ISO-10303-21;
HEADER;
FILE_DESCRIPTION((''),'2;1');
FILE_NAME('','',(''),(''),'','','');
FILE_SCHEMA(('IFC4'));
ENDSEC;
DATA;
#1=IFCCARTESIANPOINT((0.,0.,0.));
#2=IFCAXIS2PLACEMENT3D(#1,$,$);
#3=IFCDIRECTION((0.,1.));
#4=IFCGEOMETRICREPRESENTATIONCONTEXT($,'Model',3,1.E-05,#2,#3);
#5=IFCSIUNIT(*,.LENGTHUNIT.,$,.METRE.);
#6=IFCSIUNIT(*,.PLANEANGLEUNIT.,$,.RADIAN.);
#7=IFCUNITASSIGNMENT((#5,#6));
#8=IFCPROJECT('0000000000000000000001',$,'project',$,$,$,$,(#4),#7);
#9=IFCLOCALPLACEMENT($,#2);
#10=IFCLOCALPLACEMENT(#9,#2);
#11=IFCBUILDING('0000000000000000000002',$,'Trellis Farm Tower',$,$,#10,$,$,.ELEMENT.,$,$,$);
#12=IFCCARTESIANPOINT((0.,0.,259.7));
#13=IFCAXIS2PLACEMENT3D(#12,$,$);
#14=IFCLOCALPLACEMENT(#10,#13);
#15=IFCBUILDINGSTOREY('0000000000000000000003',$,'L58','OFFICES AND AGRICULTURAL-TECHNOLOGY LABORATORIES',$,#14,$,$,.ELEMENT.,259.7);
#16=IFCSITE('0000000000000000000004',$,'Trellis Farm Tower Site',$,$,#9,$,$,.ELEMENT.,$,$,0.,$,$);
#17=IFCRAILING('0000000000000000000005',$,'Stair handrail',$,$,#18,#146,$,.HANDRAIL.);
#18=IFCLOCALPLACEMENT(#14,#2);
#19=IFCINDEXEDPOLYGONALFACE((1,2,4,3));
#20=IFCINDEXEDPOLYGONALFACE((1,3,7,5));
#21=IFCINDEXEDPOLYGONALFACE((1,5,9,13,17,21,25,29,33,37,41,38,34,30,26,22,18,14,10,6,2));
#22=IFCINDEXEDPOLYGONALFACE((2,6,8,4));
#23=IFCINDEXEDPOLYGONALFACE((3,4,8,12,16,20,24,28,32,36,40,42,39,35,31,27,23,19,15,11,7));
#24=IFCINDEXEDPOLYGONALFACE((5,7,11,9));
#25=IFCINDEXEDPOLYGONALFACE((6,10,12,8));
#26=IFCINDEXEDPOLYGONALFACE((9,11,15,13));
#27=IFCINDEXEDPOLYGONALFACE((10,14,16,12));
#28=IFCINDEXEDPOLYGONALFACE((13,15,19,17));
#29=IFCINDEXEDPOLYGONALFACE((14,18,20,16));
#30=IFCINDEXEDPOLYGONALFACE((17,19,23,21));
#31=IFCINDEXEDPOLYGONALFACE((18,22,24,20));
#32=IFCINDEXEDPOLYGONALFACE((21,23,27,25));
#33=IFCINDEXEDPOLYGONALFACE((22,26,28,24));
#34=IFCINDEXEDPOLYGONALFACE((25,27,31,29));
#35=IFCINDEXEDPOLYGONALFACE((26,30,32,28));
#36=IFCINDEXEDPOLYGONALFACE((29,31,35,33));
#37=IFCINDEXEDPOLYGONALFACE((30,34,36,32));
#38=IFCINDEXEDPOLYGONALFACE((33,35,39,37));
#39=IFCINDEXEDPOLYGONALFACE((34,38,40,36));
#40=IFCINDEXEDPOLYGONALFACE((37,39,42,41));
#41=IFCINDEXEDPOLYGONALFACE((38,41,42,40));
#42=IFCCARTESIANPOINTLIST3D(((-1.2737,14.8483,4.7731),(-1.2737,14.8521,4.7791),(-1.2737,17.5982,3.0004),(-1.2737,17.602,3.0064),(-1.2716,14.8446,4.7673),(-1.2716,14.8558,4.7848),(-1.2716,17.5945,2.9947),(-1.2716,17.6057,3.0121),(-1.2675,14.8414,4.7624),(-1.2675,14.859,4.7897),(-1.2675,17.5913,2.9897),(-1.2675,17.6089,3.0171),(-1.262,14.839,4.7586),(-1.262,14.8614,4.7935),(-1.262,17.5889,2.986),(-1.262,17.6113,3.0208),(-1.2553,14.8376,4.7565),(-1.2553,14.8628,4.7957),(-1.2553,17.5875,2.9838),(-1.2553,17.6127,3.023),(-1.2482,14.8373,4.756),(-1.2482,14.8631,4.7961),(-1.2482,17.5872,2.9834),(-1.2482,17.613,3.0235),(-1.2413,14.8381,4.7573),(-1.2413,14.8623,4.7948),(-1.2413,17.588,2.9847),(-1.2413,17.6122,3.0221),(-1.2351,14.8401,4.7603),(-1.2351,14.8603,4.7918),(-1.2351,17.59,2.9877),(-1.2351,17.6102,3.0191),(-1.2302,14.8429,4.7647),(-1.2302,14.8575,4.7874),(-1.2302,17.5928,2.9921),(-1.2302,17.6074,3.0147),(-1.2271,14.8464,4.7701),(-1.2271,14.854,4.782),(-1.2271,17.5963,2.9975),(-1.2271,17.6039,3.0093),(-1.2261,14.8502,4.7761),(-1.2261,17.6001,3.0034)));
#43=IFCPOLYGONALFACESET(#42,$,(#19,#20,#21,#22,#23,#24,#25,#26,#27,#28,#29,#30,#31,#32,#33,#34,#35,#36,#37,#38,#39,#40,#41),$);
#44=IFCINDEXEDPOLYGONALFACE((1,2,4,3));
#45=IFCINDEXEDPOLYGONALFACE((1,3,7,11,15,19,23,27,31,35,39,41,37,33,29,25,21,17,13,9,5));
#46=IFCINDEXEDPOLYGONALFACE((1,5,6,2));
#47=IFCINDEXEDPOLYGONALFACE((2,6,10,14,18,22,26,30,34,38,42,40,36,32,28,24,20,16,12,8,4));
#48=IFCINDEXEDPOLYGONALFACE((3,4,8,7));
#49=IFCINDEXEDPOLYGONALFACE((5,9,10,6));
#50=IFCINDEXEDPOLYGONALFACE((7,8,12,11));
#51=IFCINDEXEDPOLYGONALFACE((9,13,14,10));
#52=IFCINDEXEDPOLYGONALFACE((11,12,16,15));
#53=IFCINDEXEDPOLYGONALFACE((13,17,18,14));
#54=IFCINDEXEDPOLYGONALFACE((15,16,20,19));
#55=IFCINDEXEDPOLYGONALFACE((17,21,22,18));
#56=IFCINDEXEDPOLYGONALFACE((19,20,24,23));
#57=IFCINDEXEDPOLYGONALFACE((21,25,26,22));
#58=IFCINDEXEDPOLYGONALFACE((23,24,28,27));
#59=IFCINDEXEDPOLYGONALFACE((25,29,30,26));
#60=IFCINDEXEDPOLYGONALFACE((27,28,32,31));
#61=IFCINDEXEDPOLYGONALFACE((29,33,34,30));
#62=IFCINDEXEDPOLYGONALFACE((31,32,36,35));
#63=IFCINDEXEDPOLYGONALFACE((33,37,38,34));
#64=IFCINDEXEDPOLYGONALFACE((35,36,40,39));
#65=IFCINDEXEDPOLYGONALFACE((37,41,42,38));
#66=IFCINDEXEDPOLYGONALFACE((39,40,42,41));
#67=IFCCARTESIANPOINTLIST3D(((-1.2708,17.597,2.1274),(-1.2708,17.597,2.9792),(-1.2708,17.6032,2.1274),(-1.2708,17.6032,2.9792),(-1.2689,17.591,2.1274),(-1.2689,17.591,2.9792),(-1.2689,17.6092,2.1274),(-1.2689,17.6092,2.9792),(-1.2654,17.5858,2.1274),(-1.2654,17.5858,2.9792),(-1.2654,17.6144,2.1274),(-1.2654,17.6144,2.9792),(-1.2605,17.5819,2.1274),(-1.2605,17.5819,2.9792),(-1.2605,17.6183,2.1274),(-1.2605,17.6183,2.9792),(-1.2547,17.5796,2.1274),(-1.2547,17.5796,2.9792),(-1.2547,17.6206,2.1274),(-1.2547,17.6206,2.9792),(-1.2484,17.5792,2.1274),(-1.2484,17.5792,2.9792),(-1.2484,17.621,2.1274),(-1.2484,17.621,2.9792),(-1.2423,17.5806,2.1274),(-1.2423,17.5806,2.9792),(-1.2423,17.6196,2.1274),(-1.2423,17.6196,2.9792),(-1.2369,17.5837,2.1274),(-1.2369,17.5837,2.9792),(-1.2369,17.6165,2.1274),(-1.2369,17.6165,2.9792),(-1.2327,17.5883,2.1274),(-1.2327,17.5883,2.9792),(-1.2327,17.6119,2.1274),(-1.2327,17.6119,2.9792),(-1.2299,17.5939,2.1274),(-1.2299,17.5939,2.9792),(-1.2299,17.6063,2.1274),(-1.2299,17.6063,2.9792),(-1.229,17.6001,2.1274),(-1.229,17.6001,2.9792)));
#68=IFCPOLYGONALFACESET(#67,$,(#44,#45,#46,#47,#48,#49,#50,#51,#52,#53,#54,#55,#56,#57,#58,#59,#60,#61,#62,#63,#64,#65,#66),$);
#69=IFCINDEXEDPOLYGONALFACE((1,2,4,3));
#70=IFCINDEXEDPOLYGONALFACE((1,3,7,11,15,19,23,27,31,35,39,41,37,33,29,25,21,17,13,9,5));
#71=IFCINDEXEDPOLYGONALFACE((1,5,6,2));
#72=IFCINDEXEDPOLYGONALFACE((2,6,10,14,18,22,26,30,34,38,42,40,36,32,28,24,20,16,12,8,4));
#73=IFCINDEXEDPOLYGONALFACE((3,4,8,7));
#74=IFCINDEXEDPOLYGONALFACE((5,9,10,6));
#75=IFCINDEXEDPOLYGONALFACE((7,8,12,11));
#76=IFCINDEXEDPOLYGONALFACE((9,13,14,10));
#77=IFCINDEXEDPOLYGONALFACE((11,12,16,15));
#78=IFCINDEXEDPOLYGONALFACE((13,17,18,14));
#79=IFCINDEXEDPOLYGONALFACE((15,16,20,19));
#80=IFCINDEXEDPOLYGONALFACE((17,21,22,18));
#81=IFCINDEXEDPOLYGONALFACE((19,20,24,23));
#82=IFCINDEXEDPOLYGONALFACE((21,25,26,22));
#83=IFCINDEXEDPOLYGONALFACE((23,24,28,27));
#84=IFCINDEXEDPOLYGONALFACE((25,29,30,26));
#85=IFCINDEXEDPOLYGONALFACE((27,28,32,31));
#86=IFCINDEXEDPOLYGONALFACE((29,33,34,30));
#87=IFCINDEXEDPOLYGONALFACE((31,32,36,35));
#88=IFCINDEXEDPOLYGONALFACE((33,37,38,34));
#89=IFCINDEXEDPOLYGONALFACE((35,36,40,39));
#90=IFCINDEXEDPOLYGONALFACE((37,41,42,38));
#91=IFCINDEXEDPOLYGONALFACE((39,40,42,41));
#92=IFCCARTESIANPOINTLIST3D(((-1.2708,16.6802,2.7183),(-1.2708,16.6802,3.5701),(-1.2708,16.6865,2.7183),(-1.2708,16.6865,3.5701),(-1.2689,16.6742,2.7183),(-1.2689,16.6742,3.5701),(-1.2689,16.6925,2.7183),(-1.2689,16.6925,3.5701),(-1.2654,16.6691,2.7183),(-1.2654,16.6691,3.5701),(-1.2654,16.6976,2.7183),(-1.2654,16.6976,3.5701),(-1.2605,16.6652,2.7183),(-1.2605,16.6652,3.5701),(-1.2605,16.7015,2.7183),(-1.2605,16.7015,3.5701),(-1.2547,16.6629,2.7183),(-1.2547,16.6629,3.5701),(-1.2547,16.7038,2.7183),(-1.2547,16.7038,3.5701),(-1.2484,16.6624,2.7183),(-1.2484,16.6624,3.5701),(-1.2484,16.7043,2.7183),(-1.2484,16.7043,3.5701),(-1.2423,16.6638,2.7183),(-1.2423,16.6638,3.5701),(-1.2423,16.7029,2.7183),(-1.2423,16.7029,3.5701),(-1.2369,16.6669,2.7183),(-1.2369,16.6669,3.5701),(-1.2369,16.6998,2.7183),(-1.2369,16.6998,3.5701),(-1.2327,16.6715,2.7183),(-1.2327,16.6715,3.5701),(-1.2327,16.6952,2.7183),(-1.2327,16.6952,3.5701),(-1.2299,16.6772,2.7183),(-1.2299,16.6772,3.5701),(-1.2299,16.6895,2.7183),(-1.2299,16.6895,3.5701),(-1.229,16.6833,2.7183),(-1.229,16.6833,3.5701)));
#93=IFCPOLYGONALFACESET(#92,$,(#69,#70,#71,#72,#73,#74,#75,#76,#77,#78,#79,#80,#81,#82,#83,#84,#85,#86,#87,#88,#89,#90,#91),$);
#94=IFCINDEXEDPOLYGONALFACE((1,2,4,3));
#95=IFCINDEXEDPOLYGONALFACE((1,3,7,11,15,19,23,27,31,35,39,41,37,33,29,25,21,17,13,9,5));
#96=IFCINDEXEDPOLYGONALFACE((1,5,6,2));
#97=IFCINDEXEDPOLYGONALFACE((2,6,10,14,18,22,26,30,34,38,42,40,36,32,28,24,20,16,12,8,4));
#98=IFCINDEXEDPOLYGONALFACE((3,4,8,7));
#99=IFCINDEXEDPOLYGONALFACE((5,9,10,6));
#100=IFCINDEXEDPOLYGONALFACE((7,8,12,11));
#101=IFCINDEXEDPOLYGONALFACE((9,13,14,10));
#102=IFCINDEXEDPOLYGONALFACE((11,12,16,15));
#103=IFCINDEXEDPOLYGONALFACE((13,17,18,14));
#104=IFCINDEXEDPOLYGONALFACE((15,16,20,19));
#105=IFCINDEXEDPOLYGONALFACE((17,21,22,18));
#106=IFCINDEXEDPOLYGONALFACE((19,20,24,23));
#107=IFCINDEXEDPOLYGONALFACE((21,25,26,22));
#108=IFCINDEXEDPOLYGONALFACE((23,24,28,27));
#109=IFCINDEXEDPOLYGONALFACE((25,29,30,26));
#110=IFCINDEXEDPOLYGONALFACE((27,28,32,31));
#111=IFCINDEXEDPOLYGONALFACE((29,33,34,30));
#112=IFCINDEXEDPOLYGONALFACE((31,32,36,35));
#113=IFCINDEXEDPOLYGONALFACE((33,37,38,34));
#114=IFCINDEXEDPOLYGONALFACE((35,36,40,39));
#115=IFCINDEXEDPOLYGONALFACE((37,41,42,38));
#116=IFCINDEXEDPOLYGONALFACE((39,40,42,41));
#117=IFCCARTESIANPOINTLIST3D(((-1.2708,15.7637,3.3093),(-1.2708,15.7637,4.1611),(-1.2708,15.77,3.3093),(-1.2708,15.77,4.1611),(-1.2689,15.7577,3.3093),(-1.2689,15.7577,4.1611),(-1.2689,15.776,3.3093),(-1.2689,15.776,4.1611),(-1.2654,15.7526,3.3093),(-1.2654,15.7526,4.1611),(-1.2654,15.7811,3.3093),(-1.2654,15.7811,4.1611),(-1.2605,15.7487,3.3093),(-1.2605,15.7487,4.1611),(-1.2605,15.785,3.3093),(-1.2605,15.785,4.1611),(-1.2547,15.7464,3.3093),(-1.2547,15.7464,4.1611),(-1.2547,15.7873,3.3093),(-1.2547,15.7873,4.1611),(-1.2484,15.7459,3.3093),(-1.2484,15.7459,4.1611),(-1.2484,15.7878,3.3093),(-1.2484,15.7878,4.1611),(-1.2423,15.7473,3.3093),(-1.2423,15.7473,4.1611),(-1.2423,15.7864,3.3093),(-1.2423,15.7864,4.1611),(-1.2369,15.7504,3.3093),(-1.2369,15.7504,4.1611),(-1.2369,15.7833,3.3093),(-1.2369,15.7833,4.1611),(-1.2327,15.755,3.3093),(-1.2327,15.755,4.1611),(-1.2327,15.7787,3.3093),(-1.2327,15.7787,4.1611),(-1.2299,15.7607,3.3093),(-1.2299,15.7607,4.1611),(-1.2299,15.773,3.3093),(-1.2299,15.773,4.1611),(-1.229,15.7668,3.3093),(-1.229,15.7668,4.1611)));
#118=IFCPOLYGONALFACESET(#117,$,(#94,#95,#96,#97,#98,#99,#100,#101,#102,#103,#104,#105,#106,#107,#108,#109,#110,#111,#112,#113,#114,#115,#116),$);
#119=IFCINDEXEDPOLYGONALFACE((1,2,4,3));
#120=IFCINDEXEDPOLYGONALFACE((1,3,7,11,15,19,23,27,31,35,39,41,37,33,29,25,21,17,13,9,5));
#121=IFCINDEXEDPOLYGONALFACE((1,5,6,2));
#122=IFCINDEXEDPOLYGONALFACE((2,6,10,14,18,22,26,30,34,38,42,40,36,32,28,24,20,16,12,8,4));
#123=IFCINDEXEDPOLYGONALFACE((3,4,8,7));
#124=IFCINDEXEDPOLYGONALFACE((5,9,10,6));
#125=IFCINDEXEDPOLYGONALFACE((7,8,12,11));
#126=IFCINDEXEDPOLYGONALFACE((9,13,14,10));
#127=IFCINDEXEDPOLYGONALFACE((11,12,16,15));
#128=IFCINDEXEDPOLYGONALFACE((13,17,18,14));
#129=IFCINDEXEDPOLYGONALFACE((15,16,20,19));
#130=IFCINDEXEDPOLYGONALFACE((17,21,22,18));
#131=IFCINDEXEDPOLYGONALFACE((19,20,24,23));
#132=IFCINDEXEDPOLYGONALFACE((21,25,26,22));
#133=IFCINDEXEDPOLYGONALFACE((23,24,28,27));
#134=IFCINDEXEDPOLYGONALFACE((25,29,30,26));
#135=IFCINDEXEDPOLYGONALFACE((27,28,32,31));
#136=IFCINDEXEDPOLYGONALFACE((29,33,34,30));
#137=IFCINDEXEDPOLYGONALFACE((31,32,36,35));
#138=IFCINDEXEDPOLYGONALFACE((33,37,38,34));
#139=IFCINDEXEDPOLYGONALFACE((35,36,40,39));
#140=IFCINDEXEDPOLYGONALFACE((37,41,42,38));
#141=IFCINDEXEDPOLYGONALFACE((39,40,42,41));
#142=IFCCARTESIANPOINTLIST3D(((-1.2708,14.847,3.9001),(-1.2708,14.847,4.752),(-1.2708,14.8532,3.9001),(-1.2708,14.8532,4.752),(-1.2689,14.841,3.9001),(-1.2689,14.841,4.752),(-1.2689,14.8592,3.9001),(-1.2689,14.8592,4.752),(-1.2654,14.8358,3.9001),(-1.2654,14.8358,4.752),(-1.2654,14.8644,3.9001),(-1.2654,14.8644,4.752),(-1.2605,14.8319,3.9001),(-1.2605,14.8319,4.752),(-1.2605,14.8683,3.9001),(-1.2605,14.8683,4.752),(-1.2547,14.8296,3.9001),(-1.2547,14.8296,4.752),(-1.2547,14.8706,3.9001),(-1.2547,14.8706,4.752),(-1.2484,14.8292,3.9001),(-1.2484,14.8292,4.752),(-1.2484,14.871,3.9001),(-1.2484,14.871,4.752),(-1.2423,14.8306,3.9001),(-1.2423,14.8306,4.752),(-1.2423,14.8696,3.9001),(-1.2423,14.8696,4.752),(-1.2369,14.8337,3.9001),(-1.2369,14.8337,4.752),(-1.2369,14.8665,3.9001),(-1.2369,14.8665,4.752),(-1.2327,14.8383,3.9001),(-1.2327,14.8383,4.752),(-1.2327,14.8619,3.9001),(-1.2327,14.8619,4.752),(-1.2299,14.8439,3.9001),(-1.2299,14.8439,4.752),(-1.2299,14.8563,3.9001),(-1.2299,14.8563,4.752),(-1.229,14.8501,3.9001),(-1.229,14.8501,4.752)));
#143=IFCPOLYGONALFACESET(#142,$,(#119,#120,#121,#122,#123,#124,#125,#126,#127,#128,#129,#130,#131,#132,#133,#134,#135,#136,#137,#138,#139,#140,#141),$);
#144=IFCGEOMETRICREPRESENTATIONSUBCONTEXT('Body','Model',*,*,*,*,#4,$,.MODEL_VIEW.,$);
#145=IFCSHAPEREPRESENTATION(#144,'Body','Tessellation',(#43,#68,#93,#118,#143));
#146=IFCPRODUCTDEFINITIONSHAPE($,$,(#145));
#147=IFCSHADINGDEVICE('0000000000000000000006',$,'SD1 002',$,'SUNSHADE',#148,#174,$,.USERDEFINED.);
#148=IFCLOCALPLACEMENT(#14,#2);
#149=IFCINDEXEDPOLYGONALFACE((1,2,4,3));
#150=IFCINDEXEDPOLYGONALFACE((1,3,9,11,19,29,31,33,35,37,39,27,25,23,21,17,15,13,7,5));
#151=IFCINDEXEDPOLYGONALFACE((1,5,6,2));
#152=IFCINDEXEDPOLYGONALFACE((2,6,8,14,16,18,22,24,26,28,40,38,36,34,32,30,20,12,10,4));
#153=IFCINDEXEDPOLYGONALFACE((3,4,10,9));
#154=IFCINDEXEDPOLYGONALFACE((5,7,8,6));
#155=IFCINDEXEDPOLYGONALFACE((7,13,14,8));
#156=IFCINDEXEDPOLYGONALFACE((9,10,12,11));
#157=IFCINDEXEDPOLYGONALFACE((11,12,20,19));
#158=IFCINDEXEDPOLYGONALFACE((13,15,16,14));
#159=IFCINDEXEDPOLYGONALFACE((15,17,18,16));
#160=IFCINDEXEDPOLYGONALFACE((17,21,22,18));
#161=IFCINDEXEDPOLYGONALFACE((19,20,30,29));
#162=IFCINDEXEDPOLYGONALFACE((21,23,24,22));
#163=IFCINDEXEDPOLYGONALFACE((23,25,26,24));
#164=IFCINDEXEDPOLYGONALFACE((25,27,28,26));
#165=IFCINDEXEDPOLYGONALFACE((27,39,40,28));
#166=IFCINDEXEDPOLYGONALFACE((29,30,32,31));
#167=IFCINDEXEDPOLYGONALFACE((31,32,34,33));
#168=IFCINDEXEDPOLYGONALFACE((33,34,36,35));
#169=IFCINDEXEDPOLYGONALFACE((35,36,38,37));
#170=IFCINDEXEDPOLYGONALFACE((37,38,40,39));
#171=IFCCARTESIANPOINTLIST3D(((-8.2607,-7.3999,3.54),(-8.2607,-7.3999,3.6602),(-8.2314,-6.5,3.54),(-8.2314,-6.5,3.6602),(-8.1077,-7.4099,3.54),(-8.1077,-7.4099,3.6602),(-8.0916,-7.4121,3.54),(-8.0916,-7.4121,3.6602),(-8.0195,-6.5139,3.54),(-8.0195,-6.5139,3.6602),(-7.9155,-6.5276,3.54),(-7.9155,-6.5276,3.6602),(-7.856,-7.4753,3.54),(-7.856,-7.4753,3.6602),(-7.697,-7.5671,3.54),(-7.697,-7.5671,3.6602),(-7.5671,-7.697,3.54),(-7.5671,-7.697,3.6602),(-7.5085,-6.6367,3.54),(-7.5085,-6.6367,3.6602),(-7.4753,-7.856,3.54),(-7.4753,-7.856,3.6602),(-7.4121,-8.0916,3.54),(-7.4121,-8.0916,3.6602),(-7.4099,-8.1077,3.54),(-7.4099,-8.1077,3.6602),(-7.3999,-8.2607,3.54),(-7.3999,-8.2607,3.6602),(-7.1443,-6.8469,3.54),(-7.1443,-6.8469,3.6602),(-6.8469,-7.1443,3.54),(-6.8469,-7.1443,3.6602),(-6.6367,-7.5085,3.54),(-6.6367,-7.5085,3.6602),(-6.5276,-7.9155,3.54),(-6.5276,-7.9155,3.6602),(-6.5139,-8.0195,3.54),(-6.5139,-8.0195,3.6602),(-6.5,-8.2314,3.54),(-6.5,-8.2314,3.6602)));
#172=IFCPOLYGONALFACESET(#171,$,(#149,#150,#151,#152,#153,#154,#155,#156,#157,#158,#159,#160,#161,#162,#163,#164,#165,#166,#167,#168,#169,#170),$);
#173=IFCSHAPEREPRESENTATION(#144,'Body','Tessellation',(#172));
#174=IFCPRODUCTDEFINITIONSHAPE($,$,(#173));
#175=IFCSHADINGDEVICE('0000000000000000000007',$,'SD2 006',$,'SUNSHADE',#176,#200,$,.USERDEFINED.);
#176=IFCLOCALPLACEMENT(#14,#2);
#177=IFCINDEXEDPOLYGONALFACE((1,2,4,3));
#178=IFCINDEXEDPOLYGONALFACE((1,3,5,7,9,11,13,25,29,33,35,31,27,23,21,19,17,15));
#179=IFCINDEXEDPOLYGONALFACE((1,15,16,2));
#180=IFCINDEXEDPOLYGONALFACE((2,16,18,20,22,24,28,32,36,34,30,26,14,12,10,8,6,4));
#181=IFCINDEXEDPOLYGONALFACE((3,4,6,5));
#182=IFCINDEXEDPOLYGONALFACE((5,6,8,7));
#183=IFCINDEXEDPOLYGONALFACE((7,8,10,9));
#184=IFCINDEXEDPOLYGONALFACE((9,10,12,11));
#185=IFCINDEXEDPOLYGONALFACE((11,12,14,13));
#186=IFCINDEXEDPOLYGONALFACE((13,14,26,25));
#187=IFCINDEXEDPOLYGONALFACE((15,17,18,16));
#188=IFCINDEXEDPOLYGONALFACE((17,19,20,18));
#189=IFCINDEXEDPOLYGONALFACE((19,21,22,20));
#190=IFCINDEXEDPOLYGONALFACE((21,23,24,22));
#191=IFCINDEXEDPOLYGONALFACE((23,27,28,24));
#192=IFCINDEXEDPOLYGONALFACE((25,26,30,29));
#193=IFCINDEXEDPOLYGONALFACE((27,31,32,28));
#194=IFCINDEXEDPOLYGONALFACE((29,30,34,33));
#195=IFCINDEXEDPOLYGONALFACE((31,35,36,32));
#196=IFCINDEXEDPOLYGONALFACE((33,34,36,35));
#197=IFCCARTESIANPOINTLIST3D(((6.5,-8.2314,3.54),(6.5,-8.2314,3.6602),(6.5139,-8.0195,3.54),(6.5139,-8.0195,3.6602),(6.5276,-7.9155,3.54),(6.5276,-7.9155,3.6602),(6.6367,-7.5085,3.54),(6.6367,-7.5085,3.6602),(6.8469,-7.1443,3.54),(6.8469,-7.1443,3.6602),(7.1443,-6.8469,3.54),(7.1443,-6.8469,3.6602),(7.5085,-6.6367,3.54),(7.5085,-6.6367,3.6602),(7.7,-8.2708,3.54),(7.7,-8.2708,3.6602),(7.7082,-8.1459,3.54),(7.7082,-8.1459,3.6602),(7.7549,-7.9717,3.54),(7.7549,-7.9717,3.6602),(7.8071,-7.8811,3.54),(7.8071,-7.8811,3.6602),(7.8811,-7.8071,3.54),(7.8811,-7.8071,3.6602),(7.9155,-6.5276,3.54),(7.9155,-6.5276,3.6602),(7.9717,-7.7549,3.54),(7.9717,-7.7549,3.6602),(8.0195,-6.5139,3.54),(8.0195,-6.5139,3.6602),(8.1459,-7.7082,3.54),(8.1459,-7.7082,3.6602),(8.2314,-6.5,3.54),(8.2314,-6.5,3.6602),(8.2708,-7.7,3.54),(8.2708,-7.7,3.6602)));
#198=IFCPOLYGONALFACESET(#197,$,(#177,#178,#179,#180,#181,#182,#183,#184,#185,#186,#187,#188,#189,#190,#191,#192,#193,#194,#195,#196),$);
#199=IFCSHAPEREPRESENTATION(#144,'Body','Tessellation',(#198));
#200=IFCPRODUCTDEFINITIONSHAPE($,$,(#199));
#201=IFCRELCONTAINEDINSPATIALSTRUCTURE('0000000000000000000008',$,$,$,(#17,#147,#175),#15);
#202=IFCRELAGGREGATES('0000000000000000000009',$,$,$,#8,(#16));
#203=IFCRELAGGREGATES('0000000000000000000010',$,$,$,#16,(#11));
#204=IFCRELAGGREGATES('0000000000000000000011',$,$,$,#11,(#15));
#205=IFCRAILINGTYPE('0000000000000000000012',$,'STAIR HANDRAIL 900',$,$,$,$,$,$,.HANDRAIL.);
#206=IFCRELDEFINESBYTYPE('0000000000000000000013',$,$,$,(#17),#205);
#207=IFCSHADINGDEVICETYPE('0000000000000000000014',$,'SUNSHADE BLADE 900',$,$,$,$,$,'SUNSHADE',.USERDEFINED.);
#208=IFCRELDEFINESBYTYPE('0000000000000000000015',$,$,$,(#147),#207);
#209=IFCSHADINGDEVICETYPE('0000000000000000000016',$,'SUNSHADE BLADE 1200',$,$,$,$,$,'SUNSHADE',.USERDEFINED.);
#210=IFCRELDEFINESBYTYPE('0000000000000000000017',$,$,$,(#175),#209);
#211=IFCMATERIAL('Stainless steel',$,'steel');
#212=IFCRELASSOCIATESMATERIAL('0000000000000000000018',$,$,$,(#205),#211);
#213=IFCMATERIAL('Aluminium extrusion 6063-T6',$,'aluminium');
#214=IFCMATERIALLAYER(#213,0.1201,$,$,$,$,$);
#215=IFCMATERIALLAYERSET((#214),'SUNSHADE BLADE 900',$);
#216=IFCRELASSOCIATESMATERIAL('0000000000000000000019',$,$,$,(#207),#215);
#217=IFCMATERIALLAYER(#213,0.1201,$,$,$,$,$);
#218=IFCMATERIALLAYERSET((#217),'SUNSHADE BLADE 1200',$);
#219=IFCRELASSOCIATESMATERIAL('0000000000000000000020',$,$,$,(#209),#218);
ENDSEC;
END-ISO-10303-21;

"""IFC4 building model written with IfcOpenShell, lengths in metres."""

from ifc_helpers import new_model, si_unit, direction, frame, origin, origin_2d, place, context, subcontext, project, spatial, polyline, circle, outline, extrude, source, transform, mapped, material, layer, layer_set, type_object, element, save


model = new_model("IFC4")

# Units and contexts
model_context = context("Model", 3, precision=1e-05, world=origin(), true_north=direction((0.0, 1.0)))
body_context = subcontext(model_context, "Body", "Model", "MODEL_VIEW")
ifc_project = project(units=[si_unit("LENGTHUNIT", "METRE"), si_unit("PLANEANGLEUNIT", "RADIAN")], contexts=[model_context])

# Site, building, storey
site_placement = place(None, origin())
site = spatial("IfcSite", under=ifc_project, at=site_placement, Name="Trellis Farm Tower Site", CompositionType="ELEMENT", RefElevation=0.0)
building_placement = place(site_placement, origin())
building = spatial("IfcBuilding", under=site, at=building_placement, Name="Trellis Farm Tower", CompositionType="ELEMENT")
storey_placement = place(building_placement, frame((0.0, 0.0, 259.7)))
storey = spatial("IfcBuildingStorey", under=building, at=storey_placement, Name="L58", Description="OFFICES AND AGRICULTURAL-TECHNOLOGY LABORATORIES", CompositionType="ELEMENT", Elevation=259.7)

# Shared definitions
ifc_material_1 = material(Name="Aluminium extrusion 6063-T6", Category="aluminium")

# Railing
ifc_material_2 = material(Name="Stainless steel", Category="steel")
railing_type = type_object("IfcRailingType", Name="STAIR HANDRAIL 900", PredefinedType="HANDRAIL", material=ifc_material_2)
shared_shape_1 = source(origin(), body_context, "Body", "SweptSolid", [
    extrude(circle(Radius=0.0239, at=origin_2d()), frame((0.0, 0.0, 0.876), z_axis=(0.0, -0.840504, 0.541806), x_axis=(1.0, 0.0, 0.0)), (0.0, 0.0, 1.0), 3.2717),
    extrude(circle(Radius=0.021, at=origin_2d()), origin(), (0.0, 0.0, 1.0), 0.8518),
    extrude(circle(Radius=0.021, at=origin_2d()), frame((0.0, -0.9167, 0.5908)), (0.0, 0.0, 1.0), 0.8518),
    extrude(circle(Radius=0.021, at=origin_2d()), frame((0.0, -1.8333, 1.1819)), (0.0, 0.0, 1.0), 0.8518),
    extrude(circle(Radius=0.021, at=origin_2d()), frame((0.0, -2.75, 1.7727)), (0.0, 0.0, 1.0), 0.8518),
])
railing_placement = place(storey_placement, frame((-1.25, 17.6001, 2.1274)))
element("IfcRailing", 1, at=railing_placement, inside=storey, type_object=railing_type, Name="Stair handrail", PredefinedType="HANDRAIL", context=body_context, shape_type="MappedRepresentation", body=[
    mapped(shared_shape_1, transform((0.0, 0.0, 0.0))),
])

# Shading devices
ifc_layer_1 = layer(ifc_material_1, 0.1201)
ifc_layer_set_1 = layer_set([ifc_layer_1], Name="SUNSHADE BLADE 900")
shading_device_type_1 = type_object("IfcShadingDeviceType", Name="SUNSHADE BLADE 900", ElementType="SUNSHADE", PredefinedType="USERDEFINED", material=ifc_layer_set_1)
shared_shape_2 = source(origin(), body_context, "Body", "SweptSolid", [
    extrude(outline(polyline([(-8.2607, -7.3999), (-8.1077, -7.4099), (-8.0916, -7.4121), (-7.856, -7.4753), (-7.697, -7.5671), (-7.5671, -7.697), (-7.4753, -7.856), (-7.4121, -8.0916), (-7.4099, -8.1077), (-7.3999, -8.2607), (-6.5, -8.2314), (-6.5139, -8.0195), (-6.5276, -7.9155), (-6.6367, -7.5085), (-6.8469, -7.1443), (-7.1443, -6.8469), (-7.5085, -6.6367), (-7.9155, -6.5276), (-8.0195, -6.5139), (-8.2314, -6.5), (-8.2607, -7.3999)])), origin(), (0.0, 0.0, 1.0), 0.1201),
])
placement_1 = place(storey_placement, frame((0.0, 0.0, 3.54)))
element("IfcShadingDevice", 2, at=placement_1, inside=storey, type_object=shading_device_type_1, Name="SD1 002", ObjectType="SUNSHADE", PredefinedType="USERDEFINED", context=body_context, shape_type="MappedRepresentation", body=[
    mapped(shared_shape_2, transform((0.0, 0.0, 0.0))),
])
ifc_layer_2 = layer(ifc_material_1, 0.1201)
ifc_layer_set_2 = layer_set([ifc_layer_2], Name="SUNSHADE BLADE 1200")
shading_device_type_2 = type_object("IfcShadingDeviceType", Name="SUNSHADE BLADE 1200", ElementType="SUNSHADE", PredefinedType="USERDEFINED", material=ifc_layer_set_2)
shared_shape_3 = source(origin(), body_context, "Body", "SweptSolid", [
    extrude(outline(polyline([(7.7, -8.2708), (7.7087, -8.1372), (7.707, -8.1501), (7.7549, -7.9717), (7.8071, -7.8811), (7.8811, -7.8071), (7.9717, -7.7549), (8.1501, -7.707), (8.1372, -7.7087), (8.2708, -7.7), (8.2314, -6.5), (8.0195, -6.5139), (7.9155, -6.5276), (7.5085, -6.6367), (7.1443, -6.8469), (6.8469, -7.1443), (6.6367, -7.5085), (6.5276, -7.9155), (6.5139, -8.0195), (6.5, -8.2314), (7.7, -8.2708)])), origin(), (0.0, 0.0, 1.0), 0.1201),
])
element("IfcShadingDevice", 3, at=placement_1, inside=storey, type_object=shading_device_type_2, Name="SD2 006", ObjectType="SUNSHADE", PredefinedType="USERDEFINED", context=body_context, shape_type="MappedRepresentation", body=[
    mapped(shared_shape_3, transform((0.0, 0.0, 0.0))),
])

save(model, "model.ifc")
